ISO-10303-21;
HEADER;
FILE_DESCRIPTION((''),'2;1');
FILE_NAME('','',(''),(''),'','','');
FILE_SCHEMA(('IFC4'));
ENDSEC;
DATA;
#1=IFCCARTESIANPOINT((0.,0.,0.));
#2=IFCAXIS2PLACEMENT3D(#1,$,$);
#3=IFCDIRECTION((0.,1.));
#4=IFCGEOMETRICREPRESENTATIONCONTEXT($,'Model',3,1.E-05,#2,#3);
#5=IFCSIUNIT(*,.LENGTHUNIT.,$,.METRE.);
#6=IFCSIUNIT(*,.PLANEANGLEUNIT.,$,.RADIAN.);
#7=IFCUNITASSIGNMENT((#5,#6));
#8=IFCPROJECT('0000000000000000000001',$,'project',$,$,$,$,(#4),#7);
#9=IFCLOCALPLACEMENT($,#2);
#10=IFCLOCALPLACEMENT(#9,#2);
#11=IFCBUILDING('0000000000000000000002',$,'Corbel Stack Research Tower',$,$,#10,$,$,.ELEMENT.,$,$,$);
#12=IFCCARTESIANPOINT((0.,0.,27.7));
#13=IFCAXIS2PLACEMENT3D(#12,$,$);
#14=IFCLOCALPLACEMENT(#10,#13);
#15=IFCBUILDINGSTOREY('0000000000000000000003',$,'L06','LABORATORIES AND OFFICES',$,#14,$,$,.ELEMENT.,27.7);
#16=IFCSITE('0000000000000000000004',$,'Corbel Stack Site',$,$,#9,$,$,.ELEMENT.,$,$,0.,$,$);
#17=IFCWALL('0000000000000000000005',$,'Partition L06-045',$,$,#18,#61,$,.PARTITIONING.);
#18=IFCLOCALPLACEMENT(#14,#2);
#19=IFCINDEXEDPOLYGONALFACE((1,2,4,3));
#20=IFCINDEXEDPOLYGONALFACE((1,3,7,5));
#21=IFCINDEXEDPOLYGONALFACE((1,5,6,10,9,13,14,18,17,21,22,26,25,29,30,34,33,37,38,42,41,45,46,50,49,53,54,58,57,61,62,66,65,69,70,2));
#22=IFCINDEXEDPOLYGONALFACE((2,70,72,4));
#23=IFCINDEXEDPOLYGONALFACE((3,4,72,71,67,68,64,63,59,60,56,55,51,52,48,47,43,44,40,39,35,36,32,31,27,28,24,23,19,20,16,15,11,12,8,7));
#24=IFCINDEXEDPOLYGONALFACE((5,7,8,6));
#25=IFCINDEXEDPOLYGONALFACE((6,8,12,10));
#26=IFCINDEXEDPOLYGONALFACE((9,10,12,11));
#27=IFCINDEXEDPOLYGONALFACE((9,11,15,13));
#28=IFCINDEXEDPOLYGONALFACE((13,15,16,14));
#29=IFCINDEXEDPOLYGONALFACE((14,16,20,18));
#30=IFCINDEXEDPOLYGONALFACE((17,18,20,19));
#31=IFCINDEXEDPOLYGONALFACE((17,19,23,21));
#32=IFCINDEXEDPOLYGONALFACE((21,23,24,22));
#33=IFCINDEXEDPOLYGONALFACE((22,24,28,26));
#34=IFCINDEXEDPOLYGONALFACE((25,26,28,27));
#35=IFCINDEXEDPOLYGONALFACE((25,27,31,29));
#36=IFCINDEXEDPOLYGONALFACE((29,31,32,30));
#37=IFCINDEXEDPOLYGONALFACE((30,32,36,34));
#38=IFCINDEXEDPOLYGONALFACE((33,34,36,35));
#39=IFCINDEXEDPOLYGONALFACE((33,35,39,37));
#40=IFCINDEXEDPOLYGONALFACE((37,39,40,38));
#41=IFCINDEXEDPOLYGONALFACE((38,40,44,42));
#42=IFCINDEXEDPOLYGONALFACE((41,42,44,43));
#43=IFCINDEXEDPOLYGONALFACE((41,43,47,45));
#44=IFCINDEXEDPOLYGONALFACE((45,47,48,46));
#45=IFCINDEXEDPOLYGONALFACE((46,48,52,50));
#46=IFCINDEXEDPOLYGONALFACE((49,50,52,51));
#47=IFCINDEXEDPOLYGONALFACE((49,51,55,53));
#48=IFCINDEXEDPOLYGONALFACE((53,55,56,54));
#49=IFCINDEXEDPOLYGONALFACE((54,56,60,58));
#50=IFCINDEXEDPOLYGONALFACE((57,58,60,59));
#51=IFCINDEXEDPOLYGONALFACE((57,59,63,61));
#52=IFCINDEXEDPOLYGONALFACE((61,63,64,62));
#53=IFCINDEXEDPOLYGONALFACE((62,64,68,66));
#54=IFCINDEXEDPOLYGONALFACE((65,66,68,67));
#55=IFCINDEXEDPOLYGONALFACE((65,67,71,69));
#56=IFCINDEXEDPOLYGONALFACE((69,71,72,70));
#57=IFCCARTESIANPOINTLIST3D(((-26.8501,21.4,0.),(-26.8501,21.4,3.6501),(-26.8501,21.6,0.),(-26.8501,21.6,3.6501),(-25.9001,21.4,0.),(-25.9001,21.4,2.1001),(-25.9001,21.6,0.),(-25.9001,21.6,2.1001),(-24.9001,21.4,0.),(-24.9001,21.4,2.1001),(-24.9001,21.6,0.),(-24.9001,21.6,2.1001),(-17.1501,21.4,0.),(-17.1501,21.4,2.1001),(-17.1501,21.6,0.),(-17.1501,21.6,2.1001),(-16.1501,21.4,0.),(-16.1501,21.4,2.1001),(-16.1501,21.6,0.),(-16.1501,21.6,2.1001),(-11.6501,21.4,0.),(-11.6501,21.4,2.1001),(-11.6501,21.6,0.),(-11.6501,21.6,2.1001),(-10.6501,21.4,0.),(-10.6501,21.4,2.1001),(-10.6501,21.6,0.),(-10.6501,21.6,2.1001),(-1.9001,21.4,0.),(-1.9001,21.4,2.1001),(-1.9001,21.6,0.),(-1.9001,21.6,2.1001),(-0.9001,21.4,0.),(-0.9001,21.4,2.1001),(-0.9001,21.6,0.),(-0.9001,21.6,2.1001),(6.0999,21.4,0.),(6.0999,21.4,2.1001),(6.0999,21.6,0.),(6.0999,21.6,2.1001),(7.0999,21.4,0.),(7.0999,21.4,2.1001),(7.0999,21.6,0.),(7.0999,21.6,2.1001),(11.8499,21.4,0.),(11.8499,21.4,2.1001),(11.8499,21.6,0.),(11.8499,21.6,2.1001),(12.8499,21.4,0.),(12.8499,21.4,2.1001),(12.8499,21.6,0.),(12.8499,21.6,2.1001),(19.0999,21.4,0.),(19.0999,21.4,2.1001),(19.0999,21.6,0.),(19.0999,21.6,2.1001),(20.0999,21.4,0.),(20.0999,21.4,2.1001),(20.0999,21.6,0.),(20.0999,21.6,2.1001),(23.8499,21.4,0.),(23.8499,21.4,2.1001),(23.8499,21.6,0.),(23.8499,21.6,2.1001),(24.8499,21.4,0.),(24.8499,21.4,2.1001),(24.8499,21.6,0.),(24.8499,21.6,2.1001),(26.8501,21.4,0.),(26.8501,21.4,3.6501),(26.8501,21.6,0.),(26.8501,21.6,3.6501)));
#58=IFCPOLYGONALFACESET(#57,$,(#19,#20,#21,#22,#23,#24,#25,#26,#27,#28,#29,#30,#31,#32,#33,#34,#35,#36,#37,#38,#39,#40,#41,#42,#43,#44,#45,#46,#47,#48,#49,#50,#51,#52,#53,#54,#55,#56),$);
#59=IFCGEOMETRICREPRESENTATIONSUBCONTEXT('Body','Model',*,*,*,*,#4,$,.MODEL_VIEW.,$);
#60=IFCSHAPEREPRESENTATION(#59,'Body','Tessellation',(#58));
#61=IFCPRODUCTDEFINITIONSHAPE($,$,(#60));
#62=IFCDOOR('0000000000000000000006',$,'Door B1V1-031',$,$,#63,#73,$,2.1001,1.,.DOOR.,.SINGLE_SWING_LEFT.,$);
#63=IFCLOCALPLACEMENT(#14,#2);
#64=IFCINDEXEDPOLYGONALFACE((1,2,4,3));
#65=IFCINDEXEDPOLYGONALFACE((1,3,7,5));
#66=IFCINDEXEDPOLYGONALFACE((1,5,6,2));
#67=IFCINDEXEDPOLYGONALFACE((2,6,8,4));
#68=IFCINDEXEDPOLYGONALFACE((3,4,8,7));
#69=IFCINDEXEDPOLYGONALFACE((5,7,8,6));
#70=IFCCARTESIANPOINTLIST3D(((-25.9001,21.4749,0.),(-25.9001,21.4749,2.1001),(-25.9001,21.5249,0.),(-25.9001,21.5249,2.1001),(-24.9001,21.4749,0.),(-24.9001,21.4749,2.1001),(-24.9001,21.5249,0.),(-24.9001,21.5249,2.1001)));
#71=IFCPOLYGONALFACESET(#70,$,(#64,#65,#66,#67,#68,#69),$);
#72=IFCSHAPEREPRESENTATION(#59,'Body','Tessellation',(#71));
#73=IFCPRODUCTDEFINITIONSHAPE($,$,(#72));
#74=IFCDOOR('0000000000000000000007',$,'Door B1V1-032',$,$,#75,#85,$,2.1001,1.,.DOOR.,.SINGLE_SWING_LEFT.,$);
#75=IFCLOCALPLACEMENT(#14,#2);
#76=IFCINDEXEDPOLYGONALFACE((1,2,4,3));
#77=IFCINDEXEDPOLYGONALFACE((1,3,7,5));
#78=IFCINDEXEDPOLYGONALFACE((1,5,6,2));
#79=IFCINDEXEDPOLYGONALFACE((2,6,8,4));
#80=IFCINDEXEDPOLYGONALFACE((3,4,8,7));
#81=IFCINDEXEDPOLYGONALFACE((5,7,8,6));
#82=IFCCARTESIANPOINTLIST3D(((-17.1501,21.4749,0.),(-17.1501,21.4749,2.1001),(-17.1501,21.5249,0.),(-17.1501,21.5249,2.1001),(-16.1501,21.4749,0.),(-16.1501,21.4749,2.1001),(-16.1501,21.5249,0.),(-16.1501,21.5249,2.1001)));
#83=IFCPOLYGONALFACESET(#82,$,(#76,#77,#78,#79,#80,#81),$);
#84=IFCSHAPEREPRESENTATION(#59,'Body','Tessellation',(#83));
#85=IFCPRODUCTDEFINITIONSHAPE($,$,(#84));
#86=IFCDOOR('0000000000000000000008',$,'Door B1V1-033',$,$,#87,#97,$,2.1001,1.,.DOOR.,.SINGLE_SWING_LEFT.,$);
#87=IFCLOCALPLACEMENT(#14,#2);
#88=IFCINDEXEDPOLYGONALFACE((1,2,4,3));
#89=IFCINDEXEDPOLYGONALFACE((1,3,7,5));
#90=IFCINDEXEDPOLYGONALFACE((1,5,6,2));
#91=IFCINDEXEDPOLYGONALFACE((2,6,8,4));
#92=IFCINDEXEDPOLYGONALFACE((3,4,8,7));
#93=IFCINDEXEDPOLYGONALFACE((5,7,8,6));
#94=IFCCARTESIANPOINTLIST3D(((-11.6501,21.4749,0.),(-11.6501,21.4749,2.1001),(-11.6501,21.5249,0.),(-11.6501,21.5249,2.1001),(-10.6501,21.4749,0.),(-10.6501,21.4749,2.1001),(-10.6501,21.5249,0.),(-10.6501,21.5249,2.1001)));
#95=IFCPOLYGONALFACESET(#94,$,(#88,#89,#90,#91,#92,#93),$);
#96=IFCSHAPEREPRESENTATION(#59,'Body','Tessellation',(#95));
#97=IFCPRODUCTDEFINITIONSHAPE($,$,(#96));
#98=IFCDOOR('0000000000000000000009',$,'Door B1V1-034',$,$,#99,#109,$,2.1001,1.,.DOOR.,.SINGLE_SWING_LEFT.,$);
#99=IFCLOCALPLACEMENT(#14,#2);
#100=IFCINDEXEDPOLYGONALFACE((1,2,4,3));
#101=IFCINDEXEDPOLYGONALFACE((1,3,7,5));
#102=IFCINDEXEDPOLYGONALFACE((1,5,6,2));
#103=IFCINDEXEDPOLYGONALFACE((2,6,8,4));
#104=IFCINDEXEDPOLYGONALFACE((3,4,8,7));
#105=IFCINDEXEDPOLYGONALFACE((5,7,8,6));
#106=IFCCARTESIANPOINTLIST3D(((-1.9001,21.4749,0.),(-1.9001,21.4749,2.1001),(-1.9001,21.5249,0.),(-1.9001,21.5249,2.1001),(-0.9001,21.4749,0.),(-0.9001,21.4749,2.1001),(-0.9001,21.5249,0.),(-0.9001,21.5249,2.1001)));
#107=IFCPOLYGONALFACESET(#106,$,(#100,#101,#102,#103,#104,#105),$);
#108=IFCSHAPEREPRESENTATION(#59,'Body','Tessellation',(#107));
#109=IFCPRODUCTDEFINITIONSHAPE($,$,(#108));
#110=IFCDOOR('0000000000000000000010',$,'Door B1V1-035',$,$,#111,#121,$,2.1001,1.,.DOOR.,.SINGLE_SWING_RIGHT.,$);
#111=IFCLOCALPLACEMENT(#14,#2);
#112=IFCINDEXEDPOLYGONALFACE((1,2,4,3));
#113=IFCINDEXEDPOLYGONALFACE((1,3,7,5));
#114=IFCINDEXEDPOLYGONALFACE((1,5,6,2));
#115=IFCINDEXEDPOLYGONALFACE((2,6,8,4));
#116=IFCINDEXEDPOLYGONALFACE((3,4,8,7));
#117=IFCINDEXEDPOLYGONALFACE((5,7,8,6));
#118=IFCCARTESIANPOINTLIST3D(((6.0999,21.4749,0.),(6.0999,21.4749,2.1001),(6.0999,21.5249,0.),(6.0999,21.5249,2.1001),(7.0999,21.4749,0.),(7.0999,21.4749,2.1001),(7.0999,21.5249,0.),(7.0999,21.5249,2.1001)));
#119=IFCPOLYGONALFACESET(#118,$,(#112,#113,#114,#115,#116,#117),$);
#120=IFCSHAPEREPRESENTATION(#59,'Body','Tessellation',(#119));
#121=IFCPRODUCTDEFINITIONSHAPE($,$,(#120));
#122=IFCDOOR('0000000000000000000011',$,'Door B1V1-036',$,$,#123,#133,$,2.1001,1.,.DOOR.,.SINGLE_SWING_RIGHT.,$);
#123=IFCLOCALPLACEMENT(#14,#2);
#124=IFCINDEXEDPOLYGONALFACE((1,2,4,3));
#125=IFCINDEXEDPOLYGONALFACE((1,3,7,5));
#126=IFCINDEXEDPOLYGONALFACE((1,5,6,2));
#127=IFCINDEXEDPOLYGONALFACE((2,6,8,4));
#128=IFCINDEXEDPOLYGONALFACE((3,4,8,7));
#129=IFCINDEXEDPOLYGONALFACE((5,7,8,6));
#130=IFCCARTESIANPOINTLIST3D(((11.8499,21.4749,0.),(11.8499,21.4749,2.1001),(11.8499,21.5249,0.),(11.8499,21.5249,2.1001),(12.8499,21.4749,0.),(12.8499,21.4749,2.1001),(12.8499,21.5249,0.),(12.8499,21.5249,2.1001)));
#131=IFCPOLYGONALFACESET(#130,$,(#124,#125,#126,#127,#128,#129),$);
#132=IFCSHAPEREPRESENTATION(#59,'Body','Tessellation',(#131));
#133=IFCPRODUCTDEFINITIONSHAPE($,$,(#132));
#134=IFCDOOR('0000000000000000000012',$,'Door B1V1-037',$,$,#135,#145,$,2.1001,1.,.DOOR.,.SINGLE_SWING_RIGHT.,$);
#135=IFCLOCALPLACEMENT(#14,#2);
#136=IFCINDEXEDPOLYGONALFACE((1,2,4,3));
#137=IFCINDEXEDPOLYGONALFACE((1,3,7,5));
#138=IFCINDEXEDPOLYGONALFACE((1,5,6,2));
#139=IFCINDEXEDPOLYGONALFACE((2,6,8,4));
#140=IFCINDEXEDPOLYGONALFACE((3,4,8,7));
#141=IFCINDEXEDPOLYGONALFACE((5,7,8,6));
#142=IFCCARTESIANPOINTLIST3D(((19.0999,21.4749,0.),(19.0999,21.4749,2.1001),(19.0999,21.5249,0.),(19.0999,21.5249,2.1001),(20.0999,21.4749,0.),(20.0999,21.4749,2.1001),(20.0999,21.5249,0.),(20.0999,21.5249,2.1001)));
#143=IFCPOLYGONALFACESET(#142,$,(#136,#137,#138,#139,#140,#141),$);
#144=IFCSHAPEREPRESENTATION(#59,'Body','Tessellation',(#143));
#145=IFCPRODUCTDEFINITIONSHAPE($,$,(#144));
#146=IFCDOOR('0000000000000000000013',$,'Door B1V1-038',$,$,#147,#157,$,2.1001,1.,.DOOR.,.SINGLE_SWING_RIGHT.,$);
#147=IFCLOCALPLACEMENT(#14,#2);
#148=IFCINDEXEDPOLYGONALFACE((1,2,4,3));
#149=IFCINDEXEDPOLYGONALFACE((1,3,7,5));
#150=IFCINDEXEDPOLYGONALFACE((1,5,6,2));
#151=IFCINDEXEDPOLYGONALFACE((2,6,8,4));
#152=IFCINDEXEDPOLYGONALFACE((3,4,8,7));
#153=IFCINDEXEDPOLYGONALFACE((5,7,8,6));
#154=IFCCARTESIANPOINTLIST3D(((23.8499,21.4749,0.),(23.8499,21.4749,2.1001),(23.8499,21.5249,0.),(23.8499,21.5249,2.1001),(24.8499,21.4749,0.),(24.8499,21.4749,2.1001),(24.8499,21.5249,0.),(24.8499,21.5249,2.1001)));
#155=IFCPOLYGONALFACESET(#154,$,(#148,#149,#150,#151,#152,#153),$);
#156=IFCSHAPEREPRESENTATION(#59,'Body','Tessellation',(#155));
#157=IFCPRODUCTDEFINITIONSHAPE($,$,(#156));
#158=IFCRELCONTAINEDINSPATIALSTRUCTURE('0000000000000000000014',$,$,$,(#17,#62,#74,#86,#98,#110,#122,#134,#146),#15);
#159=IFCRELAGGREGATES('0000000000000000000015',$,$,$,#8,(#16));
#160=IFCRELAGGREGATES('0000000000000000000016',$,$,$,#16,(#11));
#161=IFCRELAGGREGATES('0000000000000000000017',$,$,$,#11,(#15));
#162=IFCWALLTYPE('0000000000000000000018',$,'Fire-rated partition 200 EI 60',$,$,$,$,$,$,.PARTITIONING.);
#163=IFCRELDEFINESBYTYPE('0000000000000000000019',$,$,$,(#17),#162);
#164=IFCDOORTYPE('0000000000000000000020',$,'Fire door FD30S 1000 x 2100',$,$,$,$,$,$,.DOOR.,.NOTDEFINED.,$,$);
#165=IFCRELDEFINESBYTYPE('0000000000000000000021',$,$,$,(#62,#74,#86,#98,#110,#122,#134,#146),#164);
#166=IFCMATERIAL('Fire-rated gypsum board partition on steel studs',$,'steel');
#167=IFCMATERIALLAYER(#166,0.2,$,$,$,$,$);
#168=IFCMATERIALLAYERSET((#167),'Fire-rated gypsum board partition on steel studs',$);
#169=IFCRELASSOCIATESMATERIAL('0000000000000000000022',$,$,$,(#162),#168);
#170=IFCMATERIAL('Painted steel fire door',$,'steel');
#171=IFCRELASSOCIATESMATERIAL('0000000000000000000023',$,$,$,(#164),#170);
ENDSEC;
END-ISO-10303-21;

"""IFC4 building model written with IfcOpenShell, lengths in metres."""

from ifc_helpers import new_model, si_unit, direction, frame, frame_2d, origin, place, context, subcontext, project, spatial, rectangle, extrude, material, layer, layer_set, type_object, element, fill, save


model = new_model("IFC4")

# Units and contexts
model_context = context("Model", 3, precision=1e-05, world=origin(), true_north=direction((0.0, 1.0)))
body_context = subcontext(model_context, "Body", "Model", "MODEL_VIEW")
ifc_project = project(units=[si_unit("LENGTHUNIT", "METRE"), si_unit("PLANEANGLEUNIT", "RADIAN")], contexts=[model_context])

# Site, building, storey
site_placement = place(None, origin())
site = spatial("IfcSite", under=ifc_project, at=site_placement, Name="Corbel Stack Site", CompositionType="ELEMENT", RefElevation=0.0)
building_placement = place(site_placement, origin())
building = spatial("IfcBuilding", under=site, at=building_placement, Name="Corbel Stack Research Tower", CompositionType="ELEMENT")
storey_placement = place(building_placement, frame((0.0, 0.0, 27.7)))
storey = spatial("IfcBuildingStorey", under=building, at=storey_placement, Name="L06", Description="LABORATORIES AND OFFICES", CompositionType="ELEMENT", Elevation=27.7)

# Shared definitions
ifc_material_1 = material(Name="Fire-rated gypsum board partition on steel studs", Category="steel")
ifc_layer_1 = layer(ifc_material_1, 0.2)
ifc_layer_set_1 = layer_set([ifc_layer_1], Name="Fire-rated gypsum board partition on steel studs")
wall_type_1 = type_object("IfcWallType", Name="Fire-rated partition 200 EI 60", PredefinedType="PARTITIONING", material=ifc_layer_set_1)

# Wall, openings, doors
wall_1_placement = place(storey_placement, frame((-26.8501, 21.5, 0.0), z_axis=(0.0, 0.0, 1.0), x_axis=(1.0, 0.0, 0.0)))
wall_1 = element("IfcWall", 1, at=wall_1_placement, inside=storey, type_object=wall_type_1, Name="Partition L06-045", PredefinedType="PARTITIONING", context=body_context, shape_type="SweptSolid", body=[
    extrude(rectangle(XDim=53.7002, YDim=0.2, at=frame_2d((26.8501, 0.0))), origin(), (0.0, 0.0, 1.0), 3.6501),
])
opening_1_placement = place(wall_1_placement, frame((0.95, 0.0, 0.0)))
opening_1 = element("IfcOpeningElement", 2, at=opening_1_placement, cuts=wall_1, PredefinedType="OPENING", context=body_context, shape_type="SweptSolid", body=[
    extrude(rectangle(XDim=1.0, YDim=2.1001, at=frame_2d((0.5, 1.05))), frame((0.0, 0.1099, 0.0), z_axis=(0.0, -1.0, 0.0), x_axis=(1.0, 0.0, 0.0)), (0.0, 0.0, 1.0), 0.22),
])
opening_2_placement = place(wall_1_placement, frame((9.7, 0.0, 0.0)))
opening_2 = element("IfcOpeningElement", 3, at=opening_2_placement, cuts=wall_1, PredefinedType="OPENING", context=body_context, shape_type="SweptSolid", body=[
    extrude(rectangle(XDim=1.0, YDim=2.1001, at=frame_2d((0.5, 1.05))), frame((0.0, 0.1099, 0.0), z_axis=(0.0, -1.0, 0.0), x_axis=(1.0, 0.0, 0.0)), (0.0, 0.0, 1.0), 0.22),
])
opening_3_placement = place(wall_1_placement, frame((15.2, 0.0, 0.0)))
opening_3 = element("IfcOpeningElement", 4, at=opening_3_placement, cuts=wall_1, PredefinedType="OPENING", context=body_context, shape_type="SweptSolid", body=[
    extrude(rectangle(XDim=1.0, YDim=2.1001, at=frame_2d((0.5, 1.05))), frame((0.0, 0.1099, 0.0), z_axis=(0.0, -1.0, 0.0), x_axis=(1.0, 0.0, 0.0)), (0.0, 0.0, 1.0), 0.22),
])
opening_4_placement = place(wall_1_placement, frame((24.95, 0.0, 0.0)))
opening_4 = element("IfcOpeningElement", 5, at=opening_4_placement, cuts=wall_1, PredefinedType="OPENING", context=body_context, shape_type="SweptSolid", body=[
    extrude(rectangle(XDim=1.0, YDim=2.1001, at=frame_2d((0.5, 1.05))), frame((0.0, 0.1099, 0.0), z_axis=(0.0, -1.0, 0.0), x_axis=(1.0, 0.0, 0.0)), (0.0, 0.0, 1.0), 0.22),
])
opening_5_placement = place(wall_1_placement, frame((32.95, 0.0, 0.0)))
opening_5 = element("IfcOpeningElement", 6, at=opening_5_placement, cuts=wall_1, PredefinedType="OPENING", context=body_context, shape_type="SweptSolid", body=[
    extrude(rectangle(XDim=1.0, YDim=2.1001, at=frame_2d((0.5, 1.05))), frame((0.0, 0.1099, 0.0), z_axis=(0.0, -1.0, 0.0), x_axis=(1.0, 0.0, 0.0)), (0.0, 0.0, 1.0), 0.22),
])
opening_6_placement = place(wall_1_placement, frame((38.7, 0.0, 0.0)))
opening_6 = element("IfcOpeningElement", 7, at=opening_6_placement, cuts=wall_1, PredefinedType="OPENING", context=body_context, shape_type="SweptSolid", body=[
    extrude(rectangle(XDim=1.0, YDim=2.1001, at=frame_2d((0.5, 1.05))), frame((0.0, 0.1099, 0.0), z_axis=(0.0, -1.0, 0.0), x_axis=(1.0, 0.0, 0.0)), (0.0, 0.0, 1.0), 0.22),
])
opening_7_placement = place(wall_1_placement, frame((45.95, 0.0, 0.0)))
opening_7 = element("IfcOpeningElement", 8, at=opening_7_placement, cuts=wall_1, PredefinedType="OPENING", context=body_context, shape_type="SweptSolid", body=[
    extrude(rectangle(XDim=1.0, YDim=2.1001, at=frame_2d((0.5, 1.05))), frame((0.0, 0.1099, 0.0), z_axis=(0.0, -1.0, 0.0), x_axis=(1.0, 0.0, 0.0)), (0.0, 0.0, 1.0), 0.22),
])
opening_8_placement = place(wall_1_placement, frame((50.7, 0.0, 0.0)))
opening_8 = element("IfcOpeningElement", 9, at=opening_8_placement, cuts=wall_1, PredefinedType="OPENING", context=body_context, shape_type="SweptSolid", body=[
    extrude(rectangle(XDim=1.0, YDim=2.1001, at=frame_2d((0.5, 1.05))), frame((0.0, 0.1099, 0.0), z_axis=(0.0, -1.0, 0.0), x_axis=(1.0, 0.0, 0.0)), (0.0, 0.0, 1.0), 0.22),
])
ifc_material_2 = material(Name="Painted steel fire door", Category="steel")
door_type_1 = type_object("IfcDoorType", Name="Fire door FD30S 1000 x 2100", OperationType="NOTDEFINED", PredefinedType="DOOR", material=ifc_material_2)
door_1_placement = place(opening_1_placement, origin())
door_1 = element("IfcDoor", 10, at=door_1_placement, inside=storey, type_object=door_type_1, Name="Door B1V1-031", OperationType="SINGLE_SWING_LEFT", OverallHeight=2.1001, OverallWidth=1.0, PredefinedType="DOOR", context=body_context, shape_type="SweptSolid", body=[
    extrude(rectangle(XDim=1.0, YDim=2.1001, at=frame_2d((0.5, 1.05))), frame((0.0, 0.0249, 0.0), z_axis=(0.0, -1.0, 0.0), x_axis=(1.0, 0.0, 0.0)), (0.0, 0.0, 1.0), 0.05),
])
fill(opening_1, door_1)
door_2_placement = place(opening_2_placement, origin())
door_2 = element("IfcDoor", 11, at=door_2_placement, inside=storey, type_object=door_type_1, Name="Door B1V1-032", OperationType="SINGLE_SWING_LEFT", OverallHeight=2.1001, OverallWidth=1.0, PredefinedType="DOOR", context=body_context, shape_type="SweptSolid", body=[
    extrude(rectangle(XDim=1.0, YDim=2.1001, at=frame_2d((0.5, 1.05))), frame((0.0, 0.0249, 0.0), z_axis=(0.0, -1.0, 0.0), x_axis=(1.0, 0.0, 0.0)), (0.0, 0.0, 1.0), 0.05),
])
fill(opening_2, door_2)
door_3_placement = place(opening_3_placement, origin())
door_3 = element("IfcDoor", 12, at=door_3_placement, inside=storey, type_object=door_type_1, Name="Door B1V1-033", OperationType="SINGLE_SWING_LEFT", OverallHeight=2.1001, OverallWidth=1.0, PredefinedType="DOOR", context=body_context, shape_type="SweptSolid", body=[
    extrude(rectangle(XDim=1.0, YDim=2.1001, at=frame_2d((0.5, 1.05))), frame((0.0, 0.0249, 0.0), z_axis=(0.0, -1.0, 0.0), x_axis=(1.0, 0.0, 0.0)), (0.0, 0.0, 1.0), 0.05),
])
fill(opening_3, door_3)
door_4_placement = place(opening_4_placement, origin())
door_4 = element("IfcDoor", 13, at=door_4_placement, inside=storey, type_object=door_type_1, Name="Door B1V1-034", OperationType="SINGLE_SWING_LEFT", OverallHeight=2.1001, OverallWidth=1.0, PredefinedType="DOOR", context=body_context, shape_type="SweptSolid", body=[
    extrude(rectangle(XDim=1.0, YDim=2.1001, at=frame_2d((0.5, 1.05))), frame((0.0, 0.0249, 0.0), z_axis=(0.0, -1.0, 0.0), x_axis=(1.0, 0.0, 0.0)), (0.0, 0.0, 1.0), 0.05),
])
fill(opening_4, door_4)
door_5_placement = place(opening_5_placement, origin())
door_5 = element("IfcDoor", 14, at=door_5_placement, inside=storey, type_object=door_type_1, Name="Door B1V1-035", OperationType="SINGLE_SWING_RIGHT", OverallHeight=2.1001, OverallWidth=1.0, PredefinedType="DOOR", context=body_context, shape_type="SweptSolid", body=[
    extrude(rectangle(XDim=1.0, YDim=2.1001, at=frame_2d((0.5, 1.05))), frame((0.0, 0.0249, 0.0), z_axis=(0.0, -1.0, 0.0), x_axis=(1.0, 0.0, 0.0)), (0.0, 0.0, 1.0), 0.05),
])
fill(opening_5, door_5)
door_6_placement = place(opening_6_placement, origin())
door_6 = element("IfcDoor", 15, at=door_6_placement, inside=storey, type_object=door_type_1, Name="Door B1V1-036", OperationType="SINGLE_SWING_RIGHT", OverallHeight=2.1001, OverallWidth=1.0, PredefinedType="DOOR", context=body_context, shape_type="SweptSolid", body=[
    extrude(rectangle(XDim=1.0, YDim=2.1001, at=frame_2d((0.5, 1.05))), frame((0.0, 0.0249, 0.0), z_axis=(0.0, -1.0, 0.0), x_axis=(1.0, 0.0, 0.0)), (0.0, 0.0, 1.0), 0.05),
])
fill(opening_6, door_6)
door_7_placement = place(opening_7_placement, origin())
door_7 = element("IfcDoor", 16, at=door_7_placement, inside=storey, type_object=door_type_1, Name="Door B1V1-037", OperationType="SINGLE_SWING_RIGHT", OverallHeight=2.1001, OverallWidth=1.0, PredefinedType="DOOR", context=body_context, shape_type="SweptSolid", body=[
    extrude(rectangle(XDim=1.0, YDim=2.1001, at=frame_2d((0.5, 1.05))), frame((0.0, 0.0249, 0.0), z_axis=(0.0, -1.0, 0.0), x_axis=(1.0, 0.0, 0.0)), (0.0, 0.0, 1.0), 0.05),
])
fill(opening_7, door_7)
door_8_placement = place(opening_8_placement, origin())
door_8 = element("IfcDoor", 17, at=door_8_placement, inside=storey, type_object=door_type_1, Name="Door B1V1-038", OperationType="SINGLE_SWING_RIGHT", OverallHeight=2.1001, OverallWidth=1.0, PredefinedType="DOOR", context=body_context, shape_type="SweptSolid", body=[
    extrude(rectangle(XDim=1.0, YDim=2.1001, at=frame_2d((0.5, 1.05))), frame((0.0, 0.0249, 0.0), z_axis=(0.0, -1.0, 0.0), x_axis=(1.0, 0.0, 0.0)), (0.0, 0.0, 1.0), 0.05),
])
fill(opening_8, door_8)

save(model, "model.ifc")
